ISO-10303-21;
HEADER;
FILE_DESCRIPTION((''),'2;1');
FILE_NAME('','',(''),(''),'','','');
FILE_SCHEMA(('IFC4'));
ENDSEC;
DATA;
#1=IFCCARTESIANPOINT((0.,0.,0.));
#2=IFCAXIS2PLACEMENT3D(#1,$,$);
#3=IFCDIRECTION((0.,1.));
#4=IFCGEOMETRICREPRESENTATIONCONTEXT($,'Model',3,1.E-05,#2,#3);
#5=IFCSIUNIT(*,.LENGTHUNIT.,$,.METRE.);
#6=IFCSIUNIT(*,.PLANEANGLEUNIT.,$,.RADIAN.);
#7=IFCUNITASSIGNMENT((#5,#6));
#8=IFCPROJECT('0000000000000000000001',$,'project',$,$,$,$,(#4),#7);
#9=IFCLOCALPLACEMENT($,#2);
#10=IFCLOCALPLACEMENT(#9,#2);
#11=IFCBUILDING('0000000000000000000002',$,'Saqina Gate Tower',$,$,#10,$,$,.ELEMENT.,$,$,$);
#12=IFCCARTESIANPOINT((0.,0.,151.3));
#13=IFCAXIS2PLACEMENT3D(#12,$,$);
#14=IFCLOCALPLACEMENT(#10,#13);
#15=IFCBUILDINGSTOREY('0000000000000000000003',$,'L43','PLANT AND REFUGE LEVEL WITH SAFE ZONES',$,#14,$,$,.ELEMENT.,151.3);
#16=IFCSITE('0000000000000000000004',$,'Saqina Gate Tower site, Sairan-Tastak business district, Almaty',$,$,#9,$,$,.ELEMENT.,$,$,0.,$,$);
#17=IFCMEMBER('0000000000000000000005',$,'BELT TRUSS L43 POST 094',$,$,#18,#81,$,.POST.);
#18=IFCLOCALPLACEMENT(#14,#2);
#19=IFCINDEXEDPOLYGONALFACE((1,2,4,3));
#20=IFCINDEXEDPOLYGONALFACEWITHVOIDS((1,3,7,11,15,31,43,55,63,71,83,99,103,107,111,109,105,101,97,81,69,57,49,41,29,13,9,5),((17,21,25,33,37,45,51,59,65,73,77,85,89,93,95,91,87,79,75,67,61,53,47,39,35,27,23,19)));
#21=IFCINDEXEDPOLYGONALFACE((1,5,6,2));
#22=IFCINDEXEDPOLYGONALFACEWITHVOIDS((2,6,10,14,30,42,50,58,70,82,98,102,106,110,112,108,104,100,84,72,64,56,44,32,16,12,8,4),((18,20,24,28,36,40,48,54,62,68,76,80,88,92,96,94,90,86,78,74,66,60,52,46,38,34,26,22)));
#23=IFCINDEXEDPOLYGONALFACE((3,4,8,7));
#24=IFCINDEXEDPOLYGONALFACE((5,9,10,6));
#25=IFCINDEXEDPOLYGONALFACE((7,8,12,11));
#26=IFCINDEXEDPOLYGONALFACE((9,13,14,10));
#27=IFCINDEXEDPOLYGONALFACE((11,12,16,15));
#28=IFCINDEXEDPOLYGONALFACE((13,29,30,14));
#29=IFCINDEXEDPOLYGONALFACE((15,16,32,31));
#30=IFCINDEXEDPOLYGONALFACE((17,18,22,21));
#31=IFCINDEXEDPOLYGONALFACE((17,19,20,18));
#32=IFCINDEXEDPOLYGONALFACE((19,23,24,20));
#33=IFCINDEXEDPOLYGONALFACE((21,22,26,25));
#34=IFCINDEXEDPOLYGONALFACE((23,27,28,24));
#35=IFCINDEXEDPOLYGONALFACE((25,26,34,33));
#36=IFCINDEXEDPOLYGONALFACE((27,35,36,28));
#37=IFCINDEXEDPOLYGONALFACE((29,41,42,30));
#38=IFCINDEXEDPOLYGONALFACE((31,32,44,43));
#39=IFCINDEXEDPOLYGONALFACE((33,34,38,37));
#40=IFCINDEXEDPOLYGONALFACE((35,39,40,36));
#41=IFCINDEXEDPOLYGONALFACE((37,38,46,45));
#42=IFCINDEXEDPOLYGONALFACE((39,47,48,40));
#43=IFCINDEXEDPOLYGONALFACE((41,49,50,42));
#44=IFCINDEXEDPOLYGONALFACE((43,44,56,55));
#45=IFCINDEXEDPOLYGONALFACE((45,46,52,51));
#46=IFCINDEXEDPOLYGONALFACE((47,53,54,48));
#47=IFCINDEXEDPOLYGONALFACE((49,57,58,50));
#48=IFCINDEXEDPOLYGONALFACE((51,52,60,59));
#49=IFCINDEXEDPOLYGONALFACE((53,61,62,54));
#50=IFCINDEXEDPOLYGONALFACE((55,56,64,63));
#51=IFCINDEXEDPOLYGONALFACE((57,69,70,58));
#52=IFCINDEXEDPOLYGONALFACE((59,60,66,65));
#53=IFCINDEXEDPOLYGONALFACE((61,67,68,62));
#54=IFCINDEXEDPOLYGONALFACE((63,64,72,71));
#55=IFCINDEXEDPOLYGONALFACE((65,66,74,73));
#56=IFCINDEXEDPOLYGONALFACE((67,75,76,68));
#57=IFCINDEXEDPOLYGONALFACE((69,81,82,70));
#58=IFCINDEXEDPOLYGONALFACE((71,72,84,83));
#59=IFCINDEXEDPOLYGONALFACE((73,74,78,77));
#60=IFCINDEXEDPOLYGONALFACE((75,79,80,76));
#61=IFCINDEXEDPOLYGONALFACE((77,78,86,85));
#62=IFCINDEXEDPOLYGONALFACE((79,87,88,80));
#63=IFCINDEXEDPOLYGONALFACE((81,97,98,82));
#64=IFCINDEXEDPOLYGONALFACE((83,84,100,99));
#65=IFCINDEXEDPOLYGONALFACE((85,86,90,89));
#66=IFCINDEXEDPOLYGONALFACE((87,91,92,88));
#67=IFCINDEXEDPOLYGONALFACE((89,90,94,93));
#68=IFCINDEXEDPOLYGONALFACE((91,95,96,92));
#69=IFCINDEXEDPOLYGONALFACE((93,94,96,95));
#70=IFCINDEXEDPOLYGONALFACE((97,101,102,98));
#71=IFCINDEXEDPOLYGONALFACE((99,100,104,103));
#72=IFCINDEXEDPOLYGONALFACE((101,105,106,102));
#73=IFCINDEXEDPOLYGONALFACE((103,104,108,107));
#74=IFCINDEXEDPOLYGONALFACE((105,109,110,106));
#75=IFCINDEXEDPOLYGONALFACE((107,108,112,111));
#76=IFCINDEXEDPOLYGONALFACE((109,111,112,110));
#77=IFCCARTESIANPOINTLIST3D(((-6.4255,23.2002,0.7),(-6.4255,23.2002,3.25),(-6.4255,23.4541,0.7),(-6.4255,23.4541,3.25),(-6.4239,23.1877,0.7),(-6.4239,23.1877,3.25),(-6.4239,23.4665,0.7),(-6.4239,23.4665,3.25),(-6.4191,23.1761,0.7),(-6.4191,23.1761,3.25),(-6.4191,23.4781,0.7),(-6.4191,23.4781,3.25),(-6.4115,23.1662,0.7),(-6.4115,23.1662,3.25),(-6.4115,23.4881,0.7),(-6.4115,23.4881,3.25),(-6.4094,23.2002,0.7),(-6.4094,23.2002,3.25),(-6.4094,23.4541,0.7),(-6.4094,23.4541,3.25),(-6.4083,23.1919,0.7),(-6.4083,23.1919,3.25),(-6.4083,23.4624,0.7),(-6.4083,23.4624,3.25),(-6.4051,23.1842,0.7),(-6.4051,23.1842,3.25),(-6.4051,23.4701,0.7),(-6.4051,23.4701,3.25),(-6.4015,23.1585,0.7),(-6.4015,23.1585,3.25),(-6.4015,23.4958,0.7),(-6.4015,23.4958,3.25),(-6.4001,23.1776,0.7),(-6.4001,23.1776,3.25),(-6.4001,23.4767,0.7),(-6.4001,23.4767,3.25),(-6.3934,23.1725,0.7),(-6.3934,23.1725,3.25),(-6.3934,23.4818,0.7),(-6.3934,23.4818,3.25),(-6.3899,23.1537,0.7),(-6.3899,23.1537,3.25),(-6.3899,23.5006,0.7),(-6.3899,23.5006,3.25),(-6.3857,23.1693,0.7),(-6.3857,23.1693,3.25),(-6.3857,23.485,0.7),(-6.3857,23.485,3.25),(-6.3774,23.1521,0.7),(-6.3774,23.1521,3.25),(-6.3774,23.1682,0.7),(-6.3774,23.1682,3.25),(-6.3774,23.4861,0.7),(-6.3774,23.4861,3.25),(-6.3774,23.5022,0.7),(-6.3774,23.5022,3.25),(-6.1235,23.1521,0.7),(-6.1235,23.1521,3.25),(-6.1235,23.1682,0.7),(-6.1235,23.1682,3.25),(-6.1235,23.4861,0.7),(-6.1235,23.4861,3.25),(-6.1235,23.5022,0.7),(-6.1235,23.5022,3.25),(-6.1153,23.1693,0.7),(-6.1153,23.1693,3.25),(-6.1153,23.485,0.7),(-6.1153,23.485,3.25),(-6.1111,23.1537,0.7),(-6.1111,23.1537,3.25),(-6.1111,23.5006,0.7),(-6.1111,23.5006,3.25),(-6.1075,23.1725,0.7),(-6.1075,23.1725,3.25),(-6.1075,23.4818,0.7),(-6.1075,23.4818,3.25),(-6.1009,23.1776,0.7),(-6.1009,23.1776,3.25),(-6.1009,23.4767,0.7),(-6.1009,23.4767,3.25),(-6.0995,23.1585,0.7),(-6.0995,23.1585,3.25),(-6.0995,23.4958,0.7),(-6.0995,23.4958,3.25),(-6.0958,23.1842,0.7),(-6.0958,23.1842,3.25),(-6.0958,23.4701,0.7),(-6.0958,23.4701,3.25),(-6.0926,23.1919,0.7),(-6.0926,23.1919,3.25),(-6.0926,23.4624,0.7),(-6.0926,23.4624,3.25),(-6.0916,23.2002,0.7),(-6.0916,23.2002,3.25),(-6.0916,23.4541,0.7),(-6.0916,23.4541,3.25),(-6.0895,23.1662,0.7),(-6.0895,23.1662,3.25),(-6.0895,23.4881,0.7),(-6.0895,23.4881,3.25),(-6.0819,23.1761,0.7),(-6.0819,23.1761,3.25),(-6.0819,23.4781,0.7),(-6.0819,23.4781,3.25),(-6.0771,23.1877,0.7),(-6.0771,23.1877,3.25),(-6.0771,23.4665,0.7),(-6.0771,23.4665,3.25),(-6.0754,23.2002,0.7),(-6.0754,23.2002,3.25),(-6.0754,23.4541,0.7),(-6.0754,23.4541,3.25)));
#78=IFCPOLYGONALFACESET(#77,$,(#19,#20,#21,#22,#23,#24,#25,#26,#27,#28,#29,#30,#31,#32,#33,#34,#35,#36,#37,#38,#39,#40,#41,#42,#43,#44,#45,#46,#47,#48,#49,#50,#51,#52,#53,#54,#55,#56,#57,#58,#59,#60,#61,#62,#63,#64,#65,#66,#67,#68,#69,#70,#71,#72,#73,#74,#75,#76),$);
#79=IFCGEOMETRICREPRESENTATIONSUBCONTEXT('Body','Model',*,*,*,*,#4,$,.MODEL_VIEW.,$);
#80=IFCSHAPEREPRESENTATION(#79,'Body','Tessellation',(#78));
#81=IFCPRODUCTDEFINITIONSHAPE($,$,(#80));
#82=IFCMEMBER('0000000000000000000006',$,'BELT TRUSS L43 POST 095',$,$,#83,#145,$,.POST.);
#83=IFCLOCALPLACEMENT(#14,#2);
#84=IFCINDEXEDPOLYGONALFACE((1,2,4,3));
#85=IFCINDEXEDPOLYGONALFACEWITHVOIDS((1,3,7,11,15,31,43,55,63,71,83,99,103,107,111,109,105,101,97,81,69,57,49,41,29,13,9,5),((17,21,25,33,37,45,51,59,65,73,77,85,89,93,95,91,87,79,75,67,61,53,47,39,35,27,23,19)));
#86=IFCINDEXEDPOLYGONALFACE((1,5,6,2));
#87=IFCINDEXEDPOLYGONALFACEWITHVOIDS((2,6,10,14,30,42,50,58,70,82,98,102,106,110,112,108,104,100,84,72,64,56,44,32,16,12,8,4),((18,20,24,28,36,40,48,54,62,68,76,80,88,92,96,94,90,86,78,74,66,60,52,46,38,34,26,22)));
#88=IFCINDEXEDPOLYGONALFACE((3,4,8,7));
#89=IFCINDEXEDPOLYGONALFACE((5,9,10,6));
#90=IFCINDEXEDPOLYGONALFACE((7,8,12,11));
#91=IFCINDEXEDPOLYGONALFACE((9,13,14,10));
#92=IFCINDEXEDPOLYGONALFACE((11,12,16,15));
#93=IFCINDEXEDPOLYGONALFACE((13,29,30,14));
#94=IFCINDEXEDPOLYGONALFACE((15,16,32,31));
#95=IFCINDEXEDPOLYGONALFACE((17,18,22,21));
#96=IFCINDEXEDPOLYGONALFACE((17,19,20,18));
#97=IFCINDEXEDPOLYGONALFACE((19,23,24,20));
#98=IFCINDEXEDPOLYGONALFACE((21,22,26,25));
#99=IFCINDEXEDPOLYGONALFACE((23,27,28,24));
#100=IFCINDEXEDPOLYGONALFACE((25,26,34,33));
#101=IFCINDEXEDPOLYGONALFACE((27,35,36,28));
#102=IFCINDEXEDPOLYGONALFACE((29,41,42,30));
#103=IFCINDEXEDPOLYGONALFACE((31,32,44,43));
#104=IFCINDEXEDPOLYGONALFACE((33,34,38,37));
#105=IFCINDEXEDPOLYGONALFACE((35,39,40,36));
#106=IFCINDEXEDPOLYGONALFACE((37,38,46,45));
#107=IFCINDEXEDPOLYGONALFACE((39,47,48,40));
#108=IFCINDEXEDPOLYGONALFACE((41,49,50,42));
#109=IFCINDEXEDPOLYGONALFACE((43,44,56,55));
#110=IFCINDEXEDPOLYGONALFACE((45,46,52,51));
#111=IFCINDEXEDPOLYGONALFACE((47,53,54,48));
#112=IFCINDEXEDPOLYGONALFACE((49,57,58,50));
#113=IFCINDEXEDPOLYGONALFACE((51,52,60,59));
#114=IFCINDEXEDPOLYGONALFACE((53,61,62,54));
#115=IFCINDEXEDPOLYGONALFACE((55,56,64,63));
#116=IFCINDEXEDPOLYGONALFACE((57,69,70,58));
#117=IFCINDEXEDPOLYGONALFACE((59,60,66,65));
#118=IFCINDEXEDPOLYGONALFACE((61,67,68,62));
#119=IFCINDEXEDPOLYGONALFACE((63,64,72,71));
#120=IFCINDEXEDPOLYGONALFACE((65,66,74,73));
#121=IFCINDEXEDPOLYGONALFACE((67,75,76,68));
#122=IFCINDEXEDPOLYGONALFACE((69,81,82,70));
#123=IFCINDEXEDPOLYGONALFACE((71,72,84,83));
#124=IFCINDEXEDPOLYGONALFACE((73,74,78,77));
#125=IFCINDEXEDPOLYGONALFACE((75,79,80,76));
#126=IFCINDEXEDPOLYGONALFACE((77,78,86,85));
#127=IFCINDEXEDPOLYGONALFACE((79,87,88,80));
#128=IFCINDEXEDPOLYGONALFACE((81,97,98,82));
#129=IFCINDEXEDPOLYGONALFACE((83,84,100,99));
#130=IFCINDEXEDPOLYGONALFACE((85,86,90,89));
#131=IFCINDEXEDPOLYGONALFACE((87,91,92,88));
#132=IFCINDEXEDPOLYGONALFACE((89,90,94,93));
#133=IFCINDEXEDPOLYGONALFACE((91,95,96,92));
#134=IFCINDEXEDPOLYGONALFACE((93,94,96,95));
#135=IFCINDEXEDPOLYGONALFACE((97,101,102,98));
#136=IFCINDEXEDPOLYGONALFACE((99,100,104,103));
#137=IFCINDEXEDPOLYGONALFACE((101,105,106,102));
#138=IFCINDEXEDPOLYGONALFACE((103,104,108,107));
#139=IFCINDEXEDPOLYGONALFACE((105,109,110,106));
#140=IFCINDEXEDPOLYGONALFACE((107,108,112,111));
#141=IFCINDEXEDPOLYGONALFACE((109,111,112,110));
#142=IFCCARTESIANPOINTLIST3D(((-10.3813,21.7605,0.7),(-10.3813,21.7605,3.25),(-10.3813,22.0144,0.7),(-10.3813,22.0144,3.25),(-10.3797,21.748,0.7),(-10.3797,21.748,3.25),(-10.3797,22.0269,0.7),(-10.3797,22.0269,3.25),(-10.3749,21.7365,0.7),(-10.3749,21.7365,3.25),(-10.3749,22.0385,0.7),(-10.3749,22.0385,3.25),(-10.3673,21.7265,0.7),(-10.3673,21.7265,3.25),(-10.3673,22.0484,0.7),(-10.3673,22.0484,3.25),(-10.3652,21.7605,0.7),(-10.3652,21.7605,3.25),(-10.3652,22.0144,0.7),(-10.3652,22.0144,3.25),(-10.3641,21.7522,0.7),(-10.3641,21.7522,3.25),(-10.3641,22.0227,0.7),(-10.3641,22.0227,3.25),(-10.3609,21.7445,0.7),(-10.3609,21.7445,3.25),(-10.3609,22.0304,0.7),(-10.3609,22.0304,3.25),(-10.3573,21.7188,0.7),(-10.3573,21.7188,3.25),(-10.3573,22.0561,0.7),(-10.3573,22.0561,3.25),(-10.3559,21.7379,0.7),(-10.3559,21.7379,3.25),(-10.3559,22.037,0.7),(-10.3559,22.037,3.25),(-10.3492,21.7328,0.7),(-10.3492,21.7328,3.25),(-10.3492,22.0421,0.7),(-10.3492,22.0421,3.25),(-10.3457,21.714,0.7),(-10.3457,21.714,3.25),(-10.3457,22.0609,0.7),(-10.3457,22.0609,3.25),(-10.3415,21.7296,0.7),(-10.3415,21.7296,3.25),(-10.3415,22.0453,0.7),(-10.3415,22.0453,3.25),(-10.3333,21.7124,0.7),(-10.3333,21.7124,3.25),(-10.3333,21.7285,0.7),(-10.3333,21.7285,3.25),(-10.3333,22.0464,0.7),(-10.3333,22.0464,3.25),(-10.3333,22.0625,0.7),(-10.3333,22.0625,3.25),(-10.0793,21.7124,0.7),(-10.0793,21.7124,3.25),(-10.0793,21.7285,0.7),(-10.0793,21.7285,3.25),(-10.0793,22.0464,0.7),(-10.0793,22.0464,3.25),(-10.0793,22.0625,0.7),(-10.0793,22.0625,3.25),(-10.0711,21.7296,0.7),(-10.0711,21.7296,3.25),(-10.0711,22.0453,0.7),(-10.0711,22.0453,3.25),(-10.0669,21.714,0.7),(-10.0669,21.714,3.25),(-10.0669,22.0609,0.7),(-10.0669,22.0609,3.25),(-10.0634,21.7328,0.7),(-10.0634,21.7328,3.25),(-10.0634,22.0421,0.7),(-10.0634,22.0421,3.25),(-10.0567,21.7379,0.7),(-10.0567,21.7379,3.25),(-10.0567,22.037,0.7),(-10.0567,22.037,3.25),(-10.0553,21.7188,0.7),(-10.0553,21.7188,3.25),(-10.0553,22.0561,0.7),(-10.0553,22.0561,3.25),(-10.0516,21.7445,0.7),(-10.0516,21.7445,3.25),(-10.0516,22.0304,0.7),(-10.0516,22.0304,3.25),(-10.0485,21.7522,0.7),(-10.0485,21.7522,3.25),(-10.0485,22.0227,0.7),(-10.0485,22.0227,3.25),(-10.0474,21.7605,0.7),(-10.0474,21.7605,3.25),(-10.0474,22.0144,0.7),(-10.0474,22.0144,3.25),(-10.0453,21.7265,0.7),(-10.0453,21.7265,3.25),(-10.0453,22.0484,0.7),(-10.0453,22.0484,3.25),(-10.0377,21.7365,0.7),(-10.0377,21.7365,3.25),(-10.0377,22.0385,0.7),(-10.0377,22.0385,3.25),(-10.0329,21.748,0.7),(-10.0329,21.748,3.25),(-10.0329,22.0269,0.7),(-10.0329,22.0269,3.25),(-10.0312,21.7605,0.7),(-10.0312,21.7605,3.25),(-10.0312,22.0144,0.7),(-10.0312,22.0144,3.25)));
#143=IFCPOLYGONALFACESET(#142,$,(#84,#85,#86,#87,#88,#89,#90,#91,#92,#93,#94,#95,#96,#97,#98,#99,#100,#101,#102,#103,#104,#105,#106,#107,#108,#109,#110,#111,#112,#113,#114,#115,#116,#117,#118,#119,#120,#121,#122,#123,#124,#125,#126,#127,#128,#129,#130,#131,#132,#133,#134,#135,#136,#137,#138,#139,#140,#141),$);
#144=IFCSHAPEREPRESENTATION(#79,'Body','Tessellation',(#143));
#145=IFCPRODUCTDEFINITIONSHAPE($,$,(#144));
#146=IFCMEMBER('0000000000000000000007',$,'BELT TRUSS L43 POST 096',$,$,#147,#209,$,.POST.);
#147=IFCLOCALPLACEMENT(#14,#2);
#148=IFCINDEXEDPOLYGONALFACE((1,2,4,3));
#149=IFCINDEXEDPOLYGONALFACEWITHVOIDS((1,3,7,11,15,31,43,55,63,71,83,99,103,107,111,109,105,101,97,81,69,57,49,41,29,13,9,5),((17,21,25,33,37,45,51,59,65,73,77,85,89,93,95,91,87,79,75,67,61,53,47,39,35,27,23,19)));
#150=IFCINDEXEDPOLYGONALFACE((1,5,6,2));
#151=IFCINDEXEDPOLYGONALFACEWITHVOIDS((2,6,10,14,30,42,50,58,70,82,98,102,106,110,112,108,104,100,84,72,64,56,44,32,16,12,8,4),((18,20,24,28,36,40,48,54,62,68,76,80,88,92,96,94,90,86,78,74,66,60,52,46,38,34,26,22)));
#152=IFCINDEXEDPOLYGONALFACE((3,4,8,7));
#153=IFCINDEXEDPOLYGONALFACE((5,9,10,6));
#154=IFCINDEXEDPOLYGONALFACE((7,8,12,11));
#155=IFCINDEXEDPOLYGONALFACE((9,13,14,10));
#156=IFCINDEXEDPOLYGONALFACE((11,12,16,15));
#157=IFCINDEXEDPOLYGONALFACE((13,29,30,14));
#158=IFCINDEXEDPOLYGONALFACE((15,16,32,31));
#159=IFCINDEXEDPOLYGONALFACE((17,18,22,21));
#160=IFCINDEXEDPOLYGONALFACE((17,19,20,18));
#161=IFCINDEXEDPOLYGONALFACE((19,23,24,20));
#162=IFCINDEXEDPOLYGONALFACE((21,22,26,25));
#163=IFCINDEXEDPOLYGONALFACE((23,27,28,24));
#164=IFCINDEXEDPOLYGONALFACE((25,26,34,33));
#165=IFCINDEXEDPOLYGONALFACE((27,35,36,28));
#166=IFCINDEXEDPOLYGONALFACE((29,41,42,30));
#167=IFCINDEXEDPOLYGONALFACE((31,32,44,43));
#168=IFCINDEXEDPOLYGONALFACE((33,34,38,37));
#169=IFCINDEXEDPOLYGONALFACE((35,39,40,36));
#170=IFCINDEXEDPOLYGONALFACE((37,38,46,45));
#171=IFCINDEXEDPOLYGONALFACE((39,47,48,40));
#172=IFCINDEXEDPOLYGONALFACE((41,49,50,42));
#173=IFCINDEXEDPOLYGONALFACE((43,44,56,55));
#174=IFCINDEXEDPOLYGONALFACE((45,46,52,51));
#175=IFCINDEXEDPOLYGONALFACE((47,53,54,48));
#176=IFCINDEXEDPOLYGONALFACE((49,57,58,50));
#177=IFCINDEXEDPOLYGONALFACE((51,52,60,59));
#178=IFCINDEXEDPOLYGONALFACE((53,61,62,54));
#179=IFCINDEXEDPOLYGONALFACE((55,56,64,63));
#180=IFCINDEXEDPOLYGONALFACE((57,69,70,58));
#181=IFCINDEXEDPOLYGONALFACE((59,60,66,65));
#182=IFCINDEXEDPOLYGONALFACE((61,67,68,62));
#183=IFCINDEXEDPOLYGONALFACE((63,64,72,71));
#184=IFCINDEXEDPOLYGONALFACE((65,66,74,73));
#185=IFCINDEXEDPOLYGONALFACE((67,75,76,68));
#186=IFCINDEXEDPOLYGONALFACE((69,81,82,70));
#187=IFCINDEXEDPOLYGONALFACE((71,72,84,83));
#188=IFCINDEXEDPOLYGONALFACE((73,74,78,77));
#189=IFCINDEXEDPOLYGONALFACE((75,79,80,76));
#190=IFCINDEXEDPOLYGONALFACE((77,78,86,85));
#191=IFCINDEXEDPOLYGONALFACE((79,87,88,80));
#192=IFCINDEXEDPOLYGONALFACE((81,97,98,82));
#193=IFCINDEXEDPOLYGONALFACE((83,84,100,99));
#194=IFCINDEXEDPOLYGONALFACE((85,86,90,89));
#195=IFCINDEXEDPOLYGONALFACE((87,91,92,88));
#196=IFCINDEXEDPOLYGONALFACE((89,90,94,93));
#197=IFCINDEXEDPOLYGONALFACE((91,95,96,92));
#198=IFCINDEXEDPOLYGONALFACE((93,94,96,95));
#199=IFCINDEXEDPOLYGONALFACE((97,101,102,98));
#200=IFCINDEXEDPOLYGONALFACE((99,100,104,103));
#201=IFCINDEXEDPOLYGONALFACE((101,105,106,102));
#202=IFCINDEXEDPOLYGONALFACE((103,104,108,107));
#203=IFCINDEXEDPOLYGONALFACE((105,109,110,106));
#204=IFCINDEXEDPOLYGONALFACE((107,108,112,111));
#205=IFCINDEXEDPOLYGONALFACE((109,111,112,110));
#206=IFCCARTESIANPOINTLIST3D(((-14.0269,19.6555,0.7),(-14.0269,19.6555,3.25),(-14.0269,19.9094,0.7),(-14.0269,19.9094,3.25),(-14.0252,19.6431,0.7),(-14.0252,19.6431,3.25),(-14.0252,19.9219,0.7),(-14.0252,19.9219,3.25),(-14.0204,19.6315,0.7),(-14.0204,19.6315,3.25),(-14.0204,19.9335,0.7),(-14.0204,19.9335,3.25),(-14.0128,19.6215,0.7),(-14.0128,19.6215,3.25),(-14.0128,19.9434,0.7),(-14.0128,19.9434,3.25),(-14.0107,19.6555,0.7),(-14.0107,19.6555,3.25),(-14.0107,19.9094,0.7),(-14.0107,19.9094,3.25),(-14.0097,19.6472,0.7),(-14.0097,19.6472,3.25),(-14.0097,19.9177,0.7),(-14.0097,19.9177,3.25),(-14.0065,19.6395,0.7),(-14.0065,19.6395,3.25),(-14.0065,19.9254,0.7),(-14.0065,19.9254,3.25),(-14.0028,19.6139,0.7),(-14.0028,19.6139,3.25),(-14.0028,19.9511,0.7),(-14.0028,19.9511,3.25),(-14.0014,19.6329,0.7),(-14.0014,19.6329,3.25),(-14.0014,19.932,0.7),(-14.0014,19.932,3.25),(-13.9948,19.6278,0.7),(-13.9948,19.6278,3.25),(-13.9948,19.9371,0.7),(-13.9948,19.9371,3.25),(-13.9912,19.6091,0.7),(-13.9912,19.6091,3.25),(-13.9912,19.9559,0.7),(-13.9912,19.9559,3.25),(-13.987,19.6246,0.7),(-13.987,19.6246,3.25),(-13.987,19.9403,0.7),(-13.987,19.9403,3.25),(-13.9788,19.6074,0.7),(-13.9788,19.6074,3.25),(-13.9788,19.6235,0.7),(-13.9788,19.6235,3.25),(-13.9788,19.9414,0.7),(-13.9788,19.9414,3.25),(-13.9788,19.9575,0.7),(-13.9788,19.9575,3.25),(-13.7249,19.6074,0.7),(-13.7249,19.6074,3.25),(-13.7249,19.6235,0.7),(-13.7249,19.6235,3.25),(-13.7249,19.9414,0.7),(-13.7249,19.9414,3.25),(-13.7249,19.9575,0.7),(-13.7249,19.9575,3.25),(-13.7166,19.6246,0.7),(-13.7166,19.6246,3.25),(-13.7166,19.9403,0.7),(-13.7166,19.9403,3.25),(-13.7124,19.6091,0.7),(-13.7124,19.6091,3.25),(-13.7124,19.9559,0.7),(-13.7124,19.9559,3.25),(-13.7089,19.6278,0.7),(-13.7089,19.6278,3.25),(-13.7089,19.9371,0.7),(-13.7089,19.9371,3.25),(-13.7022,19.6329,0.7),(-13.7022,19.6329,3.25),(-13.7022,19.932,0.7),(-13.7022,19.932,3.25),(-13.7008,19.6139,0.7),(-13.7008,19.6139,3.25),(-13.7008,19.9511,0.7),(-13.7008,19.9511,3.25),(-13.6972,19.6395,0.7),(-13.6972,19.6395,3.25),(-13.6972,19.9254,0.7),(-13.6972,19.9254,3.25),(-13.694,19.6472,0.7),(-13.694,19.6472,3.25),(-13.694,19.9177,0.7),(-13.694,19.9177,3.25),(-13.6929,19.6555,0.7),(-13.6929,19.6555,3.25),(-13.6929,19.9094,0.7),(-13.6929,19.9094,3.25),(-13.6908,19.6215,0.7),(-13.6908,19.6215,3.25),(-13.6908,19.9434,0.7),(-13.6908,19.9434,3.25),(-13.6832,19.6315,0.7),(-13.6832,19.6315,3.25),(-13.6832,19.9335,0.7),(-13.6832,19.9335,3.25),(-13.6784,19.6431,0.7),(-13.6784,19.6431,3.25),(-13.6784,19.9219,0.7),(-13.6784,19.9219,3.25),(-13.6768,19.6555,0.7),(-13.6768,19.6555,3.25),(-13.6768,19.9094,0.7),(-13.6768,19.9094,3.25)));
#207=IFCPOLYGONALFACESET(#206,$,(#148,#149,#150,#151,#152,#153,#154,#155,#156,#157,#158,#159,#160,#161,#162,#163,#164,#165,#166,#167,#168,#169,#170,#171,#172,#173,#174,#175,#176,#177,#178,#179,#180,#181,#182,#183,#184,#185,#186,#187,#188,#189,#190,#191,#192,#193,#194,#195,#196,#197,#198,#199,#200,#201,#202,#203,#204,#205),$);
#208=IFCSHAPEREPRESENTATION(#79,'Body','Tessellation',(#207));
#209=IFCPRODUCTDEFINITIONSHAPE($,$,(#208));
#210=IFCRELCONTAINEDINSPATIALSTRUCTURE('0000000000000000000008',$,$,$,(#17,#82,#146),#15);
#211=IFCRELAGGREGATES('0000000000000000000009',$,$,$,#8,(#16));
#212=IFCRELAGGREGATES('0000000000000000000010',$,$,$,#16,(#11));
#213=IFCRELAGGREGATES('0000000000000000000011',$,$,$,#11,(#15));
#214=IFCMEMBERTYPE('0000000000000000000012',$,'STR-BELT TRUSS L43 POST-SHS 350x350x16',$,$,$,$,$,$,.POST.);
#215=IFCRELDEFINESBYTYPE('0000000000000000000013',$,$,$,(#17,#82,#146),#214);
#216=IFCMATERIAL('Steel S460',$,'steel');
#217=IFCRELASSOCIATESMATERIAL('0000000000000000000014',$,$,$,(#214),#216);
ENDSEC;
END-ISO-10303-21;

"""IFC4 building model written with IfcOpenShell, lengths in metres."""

from ifc_helpers import new_model, si_unit, direction, frame, origin, origin_2d, place, context, subcontext, project, spatial, hollow_rectangle, extrude, material, material_profile, profile_set, type_object, element, save


model = new_model("IFC4")

# Units and contexts
model_context = context("Model", 3, precision=1e-05, world=origin(), true_north=direction((0.0, 1.0)))
body_context = subcontext(model_context, "Body", "Model", "MODEL_VIEW")
ifc_project = project(units=[si_unit("LENGTHUNIT", "METRE"), si_unit("PLANEANGLEUNIT", "RADIAN")], contexts=[model_context])

# Site, building, storey
site_placement = place(None, origin())
site = spatial("IfcSite", under=ifc_project, at=site_placement, Name="Saqina Gate Tower site, Sairan-Tastak business district, Almaty", CompositionType="ELEMENT", RefElevation=0.0)
building_placement = place(site_placement, origin())
building = spatial("IfcBuilding", under=site, at=building_placement, Name="Saqina Gate Tower", CompositionType="ELEMENT")
storey_placement = place(building_placement, frame((0.0, 0.0, 151.3)))
storey = spatial("IfcBuildingStorey", under=building, at=storey_placement, Name="L43", Description="PLANT AND REFUGE LEVEL WITH SAFE ZONES", CompositionType="ELEMENT", Elevation=151.3)

# Members
ifc_material_1 = material(Name="Steel S460", Category="steel")
ifc_material_profile_1 = material_profile(ifc_material_1, hollow_rectangle(XDim=0.3501, YDim=0.3501, WallThickness=0.0161, InnerFilletRadius=0.032, OuterFilletRadius=0.0481, at=origin_2d()), Name="SHS 350x350x16")
ifc_profile_set_1 = profile_set([ifc_material_profile_1], Name="Steel S460")
member_type_1 = type_object("IfcMemberType", Name="STR-BELT TRUSS L43 POST-SHS 350x350x16", PredefinedType="POST", material=ifc_profile_set_1)
for number, where, z_axis, x_axis, name in (
    (1, (-6.2505, 23.3271, 0.7), (0.0, 0.0, 1.0), (1.0, 0.0, 0.0), "BELT TRUSS L43 POST 094"),
    (2, (-10.2063, 21.8875, 0.7), (0.0, 0.0, 1.0), (1.0, 0.0, 0.0), "BELT TRUSS L43 POST 095"),
    (3, (-13.8518, 19.7825, 0.7), (0.0, 0.0, 1.0), (1.0, 0.0, 0.0), "BELT TRUSS L43 POST 096"),
):
    element("IfcMember", number, at=place(storey_placement, frame(where, z_axis=z_axis, x_axis=x_axis)), inside=storey, type_object=member_type_1, Name=name, PredefinedType="POST", context=body_context, shape_type="SweptSolid", body=[
        extrude(hollow_rectangle(XDim=0.3501, YDim=0.3501, WallThickness=0.0161, InnerFilletRadius=0.032, OuterFilletRadius=0.0481, at=origin_2d()), origin(), (0.0, 0.0, 1.0), 2.55),
    ])

save(model, "model.ifc")
